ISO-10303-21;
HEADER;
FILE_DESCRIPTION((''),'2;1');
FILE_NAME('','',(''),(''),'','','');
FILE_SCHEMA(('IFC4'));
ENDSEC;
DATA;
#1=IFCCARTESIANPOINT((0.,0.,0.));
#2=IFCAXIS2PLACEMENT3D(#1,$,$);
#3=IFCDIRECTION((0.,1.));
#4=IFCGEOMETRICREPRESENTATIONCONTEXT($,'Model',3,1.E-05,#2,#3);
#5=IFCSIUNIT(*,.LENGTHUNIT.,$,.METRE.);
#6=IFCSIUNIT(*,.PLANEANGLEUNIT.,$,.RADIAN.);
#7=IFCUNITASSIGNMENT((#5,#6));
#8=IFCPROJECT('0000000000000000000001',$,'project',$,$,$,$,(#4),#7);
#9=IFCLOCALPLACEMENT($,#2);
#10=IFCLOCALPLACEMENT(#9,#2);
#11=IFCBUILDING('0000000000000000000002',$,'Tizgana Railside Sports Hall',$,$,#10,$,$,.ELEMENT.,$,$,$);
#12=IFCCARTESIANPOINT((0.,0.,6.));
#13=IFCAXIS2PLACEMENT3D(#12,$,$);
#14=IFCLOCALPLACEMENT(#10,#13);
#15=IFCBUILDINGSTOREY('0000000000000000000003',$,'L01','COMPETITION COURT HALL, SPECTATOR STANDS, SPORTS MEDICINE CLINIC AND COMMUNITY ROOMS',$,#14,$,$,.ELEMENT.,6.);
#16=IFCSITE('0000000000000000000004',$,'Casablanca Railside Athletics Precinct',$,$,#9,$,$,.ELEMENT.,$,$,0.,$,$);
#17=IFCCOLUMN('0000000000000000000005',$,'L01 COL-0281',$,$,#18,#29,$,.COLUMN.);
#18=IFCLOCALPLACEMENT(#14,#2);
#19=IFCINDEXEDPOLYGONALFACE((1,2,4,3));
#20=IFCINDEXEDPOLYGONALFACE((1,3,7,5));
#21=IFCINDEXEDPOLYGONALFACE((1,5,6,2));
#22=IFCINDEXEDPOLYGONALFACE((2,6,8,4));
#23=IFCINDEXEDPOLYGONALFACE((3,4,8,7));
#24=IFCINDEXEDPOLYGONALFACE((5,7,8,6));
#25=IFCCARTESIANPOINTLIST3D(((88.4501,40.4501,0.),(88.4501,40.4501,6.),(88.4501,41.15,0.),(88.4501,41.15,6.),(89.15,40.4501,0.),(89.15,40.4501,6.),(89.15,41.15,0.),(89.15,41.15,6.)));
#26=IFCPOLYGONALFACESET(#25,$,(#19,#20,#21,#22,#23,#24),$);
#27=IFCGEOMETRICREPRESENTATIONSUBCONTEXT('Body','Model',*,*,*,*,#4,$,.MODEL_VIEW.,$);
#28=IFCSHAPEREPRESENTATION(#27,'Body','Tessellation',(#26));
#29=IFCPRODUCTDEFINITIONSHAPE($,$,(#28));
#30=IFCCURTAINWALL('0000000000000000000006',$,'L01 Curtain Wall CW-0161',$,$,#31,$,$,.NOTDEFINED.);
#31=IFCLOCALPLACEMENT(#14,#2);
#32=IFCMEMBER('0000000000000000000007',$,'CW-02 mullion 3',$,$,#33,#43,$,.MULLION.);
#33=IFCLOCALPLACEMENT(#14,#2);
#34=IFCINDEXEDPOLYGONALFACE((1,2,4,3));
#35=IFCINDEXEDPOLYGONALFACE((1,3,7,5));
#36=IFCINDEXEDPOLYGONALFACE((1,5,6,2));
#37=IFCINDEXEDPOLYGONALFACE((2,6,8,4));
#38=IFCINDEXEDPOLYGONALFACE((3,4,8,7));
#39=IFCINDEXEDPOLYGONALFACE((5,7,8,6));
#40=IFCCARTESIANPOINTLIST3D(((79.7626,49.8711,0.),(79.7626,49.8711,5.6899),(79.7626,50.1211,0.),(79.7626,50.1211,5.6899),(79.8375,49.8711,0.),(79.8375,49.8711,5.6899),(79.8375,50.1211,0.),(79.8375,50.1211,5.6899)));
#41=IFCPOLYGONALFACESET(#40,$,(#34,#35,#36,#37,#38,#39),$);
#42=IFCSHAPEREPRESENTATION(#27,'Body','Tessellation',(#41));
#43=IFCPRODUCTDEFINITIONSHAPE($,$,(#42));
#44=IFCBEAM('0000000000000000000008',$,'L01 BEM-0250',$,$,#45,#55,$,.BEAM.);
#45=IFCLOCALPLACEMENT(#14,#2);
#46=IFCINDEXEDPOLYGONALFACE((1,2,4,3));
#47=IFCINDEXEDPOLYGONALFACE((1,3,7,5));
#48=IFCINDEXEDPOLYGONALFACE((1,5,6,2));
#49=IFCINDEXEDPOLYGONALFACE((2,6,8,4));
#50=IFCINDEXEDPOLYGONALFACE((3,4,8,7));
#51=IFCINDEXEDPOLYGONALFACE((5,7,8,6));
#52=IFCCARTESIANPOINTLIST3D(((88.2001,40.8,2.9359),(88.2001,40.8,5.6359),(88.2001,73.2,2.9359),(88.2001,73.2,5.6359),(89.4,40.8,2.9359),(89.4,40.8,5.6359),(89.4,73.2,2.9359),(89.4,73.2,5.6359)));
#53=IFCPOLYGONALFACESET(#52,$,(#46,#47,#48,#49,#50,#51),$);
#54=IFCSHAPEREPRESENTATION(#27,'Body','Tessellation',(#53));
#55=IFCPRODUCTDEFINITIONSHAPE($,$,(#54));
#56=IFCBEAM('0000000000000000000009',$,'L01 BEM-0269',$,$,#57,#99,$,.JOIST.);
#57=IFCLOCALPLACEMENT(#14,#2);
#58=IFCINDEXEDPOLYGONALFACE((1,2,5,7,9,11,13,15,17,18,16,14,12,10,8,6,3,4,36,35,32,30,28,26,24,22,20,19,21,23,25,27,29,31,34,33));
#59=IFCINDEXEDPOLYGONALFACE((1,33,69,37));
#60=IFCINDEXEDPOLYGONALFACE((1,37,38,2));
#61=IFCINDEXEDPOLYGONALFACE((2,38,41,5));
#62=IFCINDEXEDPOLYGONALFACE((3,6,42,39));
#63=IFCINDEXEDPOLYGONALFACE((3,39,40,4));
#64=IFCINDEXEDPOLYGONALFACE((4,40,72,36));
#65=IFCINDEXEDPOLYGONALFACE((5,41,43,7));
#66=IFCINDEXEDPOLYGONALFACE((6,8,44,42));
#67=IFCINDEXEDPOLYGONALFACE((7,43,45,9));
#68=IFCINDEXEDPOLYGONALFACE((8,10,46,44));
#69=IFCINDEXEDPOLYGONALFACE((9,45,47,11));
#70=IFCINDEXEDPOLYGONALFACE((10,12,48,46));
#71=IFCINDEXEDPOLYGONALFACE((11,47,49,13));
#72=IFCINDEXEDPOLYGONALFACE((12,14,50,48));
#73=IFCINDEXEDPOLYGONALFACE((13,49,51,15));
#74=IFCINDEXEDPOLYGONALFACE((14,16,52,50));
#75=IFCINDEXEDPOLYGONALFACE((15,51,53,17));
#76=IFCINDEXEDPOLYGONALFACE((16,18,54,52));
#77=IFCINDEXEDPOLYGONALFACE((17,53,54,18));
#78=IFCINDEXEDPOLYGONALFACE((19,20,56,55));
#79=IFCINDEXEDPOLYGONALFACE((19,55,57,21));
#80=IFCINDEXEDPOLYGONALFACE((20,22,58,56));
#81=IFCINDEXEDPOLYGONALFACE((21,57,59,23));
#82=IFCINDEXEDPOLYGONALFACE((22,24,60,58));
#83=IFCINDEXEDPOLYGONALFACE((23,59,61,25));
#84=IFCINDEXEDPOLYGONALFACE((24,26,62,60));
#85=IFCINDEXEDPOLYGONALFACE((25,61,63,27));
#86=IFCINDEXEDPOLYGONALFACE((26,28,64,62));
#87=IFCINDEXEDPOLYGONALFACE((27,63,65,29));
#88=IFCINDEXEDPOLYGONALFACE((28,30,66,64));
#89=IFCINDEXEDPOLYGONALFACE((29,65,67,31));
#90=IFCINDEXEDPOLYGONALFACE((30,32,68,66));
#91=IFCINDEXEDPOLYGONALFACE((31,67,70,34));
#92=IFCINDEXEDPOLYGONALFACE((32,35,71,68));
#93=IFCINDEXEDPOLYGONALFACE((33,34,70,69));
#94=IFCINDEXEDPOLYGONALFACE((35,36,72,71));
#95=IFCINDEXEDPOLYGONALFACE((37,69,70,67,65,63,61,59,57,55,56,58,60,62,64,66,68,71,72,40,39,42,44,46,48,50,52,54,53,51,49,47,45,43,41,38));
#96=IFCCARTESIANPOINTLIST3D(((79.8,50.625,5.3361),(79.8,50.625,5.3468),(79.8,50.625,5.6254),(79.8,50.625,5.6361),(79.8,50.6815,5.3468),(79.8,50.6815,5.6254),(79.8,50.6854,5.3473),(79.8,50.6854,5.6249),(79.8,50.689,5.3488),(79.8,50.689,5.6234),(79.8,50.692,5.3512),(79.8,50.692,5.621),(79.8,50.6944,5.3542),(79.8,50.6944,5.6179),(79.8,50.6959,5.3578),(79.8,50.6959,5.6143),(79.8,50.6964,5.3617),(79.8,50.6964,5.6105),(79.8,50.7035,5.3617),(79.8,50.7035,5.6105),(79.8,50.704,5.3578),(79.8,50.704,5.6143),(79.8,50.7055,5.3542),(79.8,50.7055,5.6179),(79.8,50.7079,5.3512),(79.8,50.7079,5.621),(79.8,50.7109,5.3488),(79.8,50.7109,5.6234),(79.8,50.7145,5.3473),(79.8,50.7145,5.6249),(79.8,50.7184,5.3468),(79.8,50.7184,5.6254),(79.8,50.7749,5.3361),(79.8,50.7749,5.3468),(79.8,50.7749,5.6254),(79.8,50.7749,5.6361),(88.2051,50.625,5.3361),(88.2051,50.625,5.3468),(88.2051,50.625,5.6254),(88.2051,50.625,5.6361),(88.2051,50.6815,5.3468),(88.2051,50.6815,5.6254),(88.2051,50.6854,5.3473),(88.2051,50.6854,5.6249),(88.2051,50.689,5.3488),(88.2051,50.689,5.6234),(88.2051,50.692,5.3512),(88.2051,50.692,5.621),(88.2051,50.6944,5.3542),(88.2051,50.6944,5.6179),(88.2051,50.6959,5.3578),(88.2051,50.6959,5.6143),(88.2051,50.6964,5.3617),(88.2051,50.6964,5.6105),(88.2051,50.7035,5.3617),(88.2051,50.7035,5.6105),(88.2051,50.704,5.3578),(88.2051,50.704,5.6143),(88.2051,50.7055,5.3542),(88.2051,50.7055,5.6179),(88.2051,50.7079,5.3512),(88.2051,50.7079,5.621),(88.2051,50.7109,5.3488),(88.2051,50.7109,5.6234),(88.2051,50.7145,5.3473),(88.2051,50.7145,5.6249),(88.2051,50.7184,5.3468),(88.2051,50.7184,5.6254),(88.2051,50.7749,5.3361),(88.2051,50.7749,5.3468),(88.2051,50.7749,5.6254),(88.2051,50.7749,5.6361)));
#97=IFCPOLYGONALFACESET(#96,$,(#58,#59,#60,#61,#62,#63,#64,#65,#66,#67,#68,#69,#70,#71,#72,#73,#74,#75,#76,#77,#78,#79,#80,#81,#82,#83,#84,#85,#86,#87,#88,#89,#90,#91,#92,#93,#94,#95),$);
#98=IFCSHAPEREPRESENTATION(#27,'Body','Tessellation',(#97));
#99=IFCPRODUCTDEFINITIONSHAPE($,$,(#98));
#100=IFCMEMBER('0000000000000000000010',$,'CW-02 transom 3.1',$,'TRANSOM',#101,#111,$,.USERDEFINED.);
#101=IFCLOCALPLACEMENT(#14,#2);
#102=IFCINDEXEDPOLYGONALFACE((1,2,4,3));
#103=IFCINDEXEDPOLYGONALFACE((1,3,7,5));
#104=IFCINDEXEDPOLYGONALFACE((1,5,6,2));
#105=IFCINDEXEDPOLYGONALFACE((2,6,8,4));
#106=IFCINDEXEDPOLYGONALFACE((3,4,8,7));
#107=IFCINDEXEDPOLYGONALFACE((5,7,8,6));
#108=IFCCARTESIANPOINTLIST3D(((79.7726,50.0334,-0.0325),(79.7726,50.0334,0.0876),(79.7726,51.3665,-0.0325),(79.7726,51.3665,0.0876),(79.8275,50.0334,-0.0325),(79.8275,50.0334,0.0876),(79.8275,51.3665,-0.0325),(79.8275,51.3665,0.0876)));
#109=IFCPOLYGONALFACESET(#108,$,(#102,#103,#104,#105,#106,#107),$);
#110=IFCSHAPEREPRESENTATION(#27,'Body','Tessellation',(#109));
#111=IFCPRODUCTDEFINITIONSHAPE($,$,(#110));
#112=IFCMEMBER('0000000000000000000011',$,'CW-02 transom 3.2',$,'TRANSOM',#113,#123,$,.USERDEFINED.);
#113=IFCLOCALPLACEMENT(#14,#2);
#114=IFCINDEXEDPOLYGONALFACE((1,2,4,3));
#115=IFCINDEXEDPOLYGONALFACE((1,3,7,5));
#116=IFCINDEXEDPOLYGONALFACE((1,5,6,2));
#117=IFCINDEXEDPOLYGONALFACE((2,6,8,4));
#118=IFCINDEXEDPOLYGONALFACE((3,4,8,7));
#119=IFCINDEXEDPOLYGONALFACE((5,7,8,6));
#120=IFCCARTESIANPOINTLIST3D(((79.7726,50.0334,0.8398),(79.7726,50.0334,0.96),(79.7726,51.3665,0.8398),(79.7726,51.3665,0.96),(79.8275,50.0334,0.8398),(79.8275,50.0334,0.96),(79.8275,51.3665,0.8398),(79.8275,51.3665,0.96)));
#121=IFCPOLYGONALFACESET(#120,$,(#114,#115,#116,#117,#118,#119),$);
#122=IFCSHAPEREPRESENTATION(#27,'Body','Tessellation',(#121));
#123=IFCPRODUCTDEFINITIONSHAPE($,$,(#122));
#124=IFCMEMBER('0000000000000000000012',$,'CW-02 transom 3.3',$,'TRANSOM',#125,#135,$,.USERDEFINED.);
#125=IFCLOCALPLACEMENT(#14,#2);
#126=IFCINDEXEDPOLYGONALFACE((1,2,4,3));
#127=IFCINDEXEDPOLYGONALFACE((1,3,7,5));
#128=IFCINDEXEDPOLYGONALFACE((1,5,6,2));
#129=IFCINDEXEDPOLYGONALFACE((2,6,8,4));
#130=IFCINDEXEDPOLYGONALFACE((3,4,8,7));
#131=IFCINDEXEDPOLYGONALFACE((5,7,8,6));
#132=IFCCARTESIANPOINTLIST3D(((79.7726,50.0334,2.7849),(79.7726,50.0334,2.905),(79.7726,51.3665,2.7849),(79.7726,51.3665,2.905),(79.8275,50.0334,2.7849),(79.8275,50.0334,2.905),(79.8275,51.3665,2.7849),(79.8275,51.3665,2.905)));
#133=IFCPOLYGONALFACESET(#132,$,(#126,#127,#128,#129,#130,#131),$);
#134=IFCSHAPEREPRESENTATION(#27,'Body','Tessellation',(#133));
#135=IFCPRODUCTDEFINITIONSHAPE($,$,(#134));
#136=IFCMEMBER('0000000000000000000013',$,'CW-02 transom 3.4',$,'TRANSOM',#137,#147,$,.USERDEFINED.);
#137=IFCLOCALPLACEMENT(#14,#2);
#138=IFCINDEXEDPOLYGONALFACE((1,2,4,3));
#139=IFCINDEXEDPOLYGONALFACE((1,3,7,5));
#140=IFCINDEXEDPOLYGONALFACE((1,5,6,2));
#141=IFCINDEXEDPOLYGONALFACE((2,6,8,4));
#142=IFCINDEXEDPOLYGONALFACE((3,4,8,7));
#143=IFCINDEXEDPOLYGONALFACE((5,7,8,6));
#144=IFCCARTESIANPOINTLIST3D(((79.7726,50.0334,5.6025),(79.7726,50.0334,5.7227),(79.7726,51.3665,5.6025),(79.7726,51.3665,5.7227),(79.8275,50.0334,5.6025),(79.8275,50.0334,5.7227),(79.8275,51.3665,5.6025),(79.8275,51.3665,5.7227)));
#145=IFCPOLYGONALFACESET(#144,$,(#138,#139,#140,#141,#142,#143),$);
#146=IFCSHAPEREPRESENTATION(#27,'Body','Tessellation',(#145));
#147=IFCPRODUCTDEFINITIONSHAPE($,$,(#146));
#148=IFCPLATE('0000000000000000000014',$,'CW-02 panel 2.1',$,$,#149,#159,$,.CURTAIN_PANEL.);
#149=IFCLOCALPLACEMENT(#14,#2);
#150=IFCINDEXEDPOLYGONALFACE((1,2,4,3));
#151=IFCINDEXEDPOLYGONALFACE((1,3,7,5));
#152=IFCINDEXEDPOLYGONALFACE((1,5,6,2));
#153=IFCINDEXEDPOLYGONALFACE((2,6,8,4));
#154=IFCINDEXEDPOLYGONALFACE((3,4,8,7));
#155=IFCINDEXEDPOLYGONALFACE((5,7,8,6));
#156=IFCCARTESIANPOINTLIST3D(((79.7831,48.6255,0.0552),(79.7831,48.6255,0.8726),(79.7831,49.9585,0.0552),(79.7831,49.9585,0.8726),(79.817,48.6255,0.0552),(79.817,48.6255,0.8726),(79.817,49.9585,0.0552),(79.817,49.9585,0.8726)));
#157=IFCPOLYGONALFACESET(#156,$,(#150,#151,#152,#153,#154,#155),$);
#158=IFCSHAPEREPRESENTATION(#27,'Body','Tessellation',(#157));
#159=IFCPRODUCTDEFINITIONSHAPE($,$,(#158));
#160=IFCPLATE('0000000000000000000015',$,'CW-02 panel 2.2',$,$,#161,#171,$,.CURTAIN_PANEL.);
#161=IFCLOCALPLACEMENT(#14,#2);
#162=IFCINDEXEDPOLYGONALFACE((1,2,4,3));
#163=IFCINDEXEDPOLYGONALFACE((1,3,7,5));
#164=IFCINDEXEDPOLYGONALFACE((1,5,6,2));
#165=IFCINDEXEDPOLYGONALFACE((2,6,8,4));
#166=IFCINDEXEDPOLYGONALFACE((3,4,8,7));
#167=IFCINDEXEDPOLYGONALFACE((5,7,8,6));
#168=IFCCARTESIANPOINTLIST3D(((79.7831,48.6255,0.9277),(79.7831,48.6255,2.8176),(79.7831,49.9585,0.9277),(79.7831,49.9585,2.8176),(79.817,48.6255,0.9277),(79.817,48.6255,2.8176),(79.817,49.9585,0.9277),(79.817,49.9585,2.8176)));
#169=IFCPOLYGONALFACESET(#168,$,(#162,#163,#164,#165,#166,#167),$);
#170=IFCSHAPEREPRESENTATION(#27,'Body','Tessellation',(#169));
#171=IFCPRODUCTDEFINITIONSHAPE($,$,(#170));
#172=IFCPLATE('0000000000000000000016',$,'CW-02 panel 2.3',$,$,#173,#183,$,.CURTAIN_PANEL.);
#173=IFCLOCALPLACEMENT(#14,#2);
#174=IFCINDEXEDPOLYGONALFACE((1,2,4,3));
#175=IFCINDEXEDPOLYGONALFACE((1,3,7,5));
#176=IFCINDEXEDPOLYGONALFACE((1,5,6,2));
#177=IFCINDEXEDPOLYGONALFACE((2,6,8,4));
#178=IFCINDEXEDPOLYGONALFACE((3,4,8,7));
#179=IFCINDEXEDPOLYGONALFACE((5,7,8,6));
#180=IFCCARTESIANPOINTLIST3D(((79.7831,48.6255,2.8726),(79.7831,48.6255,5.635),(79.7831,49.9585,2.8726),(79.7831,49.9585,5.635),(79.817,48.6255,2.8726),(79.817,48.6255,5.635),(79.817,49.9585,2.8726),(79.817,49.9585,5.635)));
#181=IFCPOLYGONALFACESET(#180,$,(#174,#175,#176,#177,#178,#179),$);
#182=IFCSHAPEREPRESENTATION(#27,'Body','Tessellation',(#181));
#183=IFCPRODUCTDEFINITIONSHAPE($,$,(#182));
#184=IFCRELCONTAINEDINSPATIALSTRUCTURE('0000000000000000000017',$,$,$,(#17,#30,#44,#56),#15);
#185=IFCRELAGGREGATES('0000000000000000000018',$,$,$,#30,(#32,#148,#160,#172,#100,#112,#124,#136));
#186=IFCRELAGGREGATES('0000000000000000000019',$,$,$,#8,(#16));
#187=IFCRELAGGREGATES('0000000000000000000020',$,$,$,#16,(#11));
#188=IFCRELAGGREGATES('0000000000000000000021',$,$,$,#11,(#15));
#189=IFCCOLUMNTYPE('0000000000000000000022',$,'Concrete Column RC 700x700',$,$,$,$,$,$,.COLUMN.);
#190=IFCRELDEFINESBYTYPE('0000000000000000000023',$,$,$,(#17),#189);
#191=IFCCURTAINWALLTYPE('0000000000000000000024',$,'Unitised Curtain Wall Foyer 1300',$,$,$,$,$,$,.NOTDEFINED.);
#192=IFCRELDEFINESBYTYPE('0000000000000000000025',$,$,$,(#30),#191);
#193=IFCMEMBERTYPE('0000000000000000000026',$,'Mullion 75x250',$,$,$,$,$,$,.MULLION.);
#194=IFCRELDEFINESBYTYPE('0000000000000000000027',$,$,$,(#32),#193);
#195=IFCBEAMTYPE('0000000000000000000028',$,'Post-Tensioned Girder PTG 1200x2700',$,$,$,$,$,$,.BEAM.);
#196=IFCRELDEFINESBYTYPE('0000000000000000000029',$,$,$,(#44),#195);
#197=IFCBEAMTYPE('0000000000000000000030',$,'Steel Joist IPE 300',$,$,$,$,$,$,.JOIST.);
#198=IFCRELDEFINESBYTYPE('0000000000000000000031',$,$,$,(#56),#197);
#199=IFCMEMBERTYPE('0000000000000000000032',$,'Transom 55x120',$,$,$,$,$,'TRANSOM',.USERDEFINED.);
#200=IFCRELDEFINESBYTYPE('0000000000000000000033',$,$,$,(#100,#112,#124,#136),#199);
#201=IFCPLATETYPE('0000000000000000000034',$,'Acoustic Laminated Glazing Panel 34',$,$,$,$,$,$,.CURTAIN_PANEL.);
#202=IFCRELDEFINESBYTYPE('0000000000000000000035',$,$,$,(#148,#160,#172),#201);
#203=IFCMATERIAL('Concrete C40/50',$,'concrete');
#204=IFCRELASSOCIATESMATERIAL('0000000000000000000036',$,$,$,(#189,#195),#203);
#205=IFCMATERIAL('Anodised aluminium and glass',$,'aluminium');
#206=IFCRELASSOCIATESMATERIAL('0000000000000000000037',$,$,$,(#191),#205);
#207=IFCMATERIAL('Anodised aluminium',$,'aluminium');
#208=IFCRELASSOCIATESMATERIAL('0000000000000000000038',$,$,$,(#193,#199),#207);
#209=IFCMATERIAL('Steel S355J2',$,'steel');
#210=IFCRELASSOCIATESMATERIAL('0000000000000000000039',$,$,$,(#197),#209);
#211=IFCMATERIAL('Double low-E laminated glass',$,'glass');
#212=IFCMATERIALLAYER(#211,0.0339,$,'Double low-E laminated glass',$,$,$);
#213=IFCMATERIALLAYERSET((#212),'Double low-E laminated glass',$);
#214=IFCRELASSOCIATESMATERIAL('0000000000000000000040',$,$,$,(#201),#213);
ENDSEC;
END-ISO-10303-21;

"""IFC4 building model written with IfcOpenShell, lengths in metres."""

from ifc_helpers import new_model, si_unit, direction, frame, origin, origin_2d, place, context, subcontext, project, spatial, rectangle, i_section, extrude, material, layer, layer_set, material_profile, profile_set, type_object, element, aggregate, save


model = new_model("IFC4")

# Units and contexts
model_context = context("Model", 3, precision=1e-05, world=origin(), true_north=direction((0.0, 1.0)))
body_context = subcontext(model_context, "Body", "Model", "MODEL_VIEW")
ifc_project = project(units=[si_unit("LENGTHUNIT", "METRE"), si_unit("PLANEANGLEUNIT", "RADIAN")], contexts=[model_context])

# Site, building, storey
site_placement = place(None, origin())
site = spatial("IfcSite", under=ifc_project, at=site_placement, Name="Casablanca Railside Athletics Precinct", CompositionType="ELEMENT", RefElevation=0.0)
building_placement = place(site_placement, origin())
building = spatial("IfcBuilding", under=site, at=building_placement, Name="Tizgana Railside Sports Hall", CompositionType="ELEMENT")
storey_placement = place(building_placement, frame((0.0, 0.0, 6.0)))
storey = spatial("IfcBuildingStorey", under=building, at=storey_placement, Name="L01", Description="COMPETITION COURT HALL, SPECTATOR STANDS, SPORTS MEDICINE CLINIC AND COMMUNITY ROOMS", CompositionType="ELEMENT", Elevation=6.0)

# Column
ifc_material_1 = material(Name="Concrete C40/50", Category="concrete")
ifc_material_profile_1 = material_profile(ifc_material_1, rectangle(XDim=0.7, YDim=0.7, at=origin_2d()), Name="RC 700x700")
ifc_profile_set_1 = profile_set([ifc_material_profile_1], Name="Concrete C40/50")
column_type = type_object("IfcColumnType", Name="Concrete Column RC 700x700", PredefinedType="COLUMN", material=ifc_profile_set_1)
column_placement = place(storey_placement, frame((88.8, 40.8, 0.0), z_axis=(0.0, 0.0, 1.0), x_axis=(1.0, 0.0, 0.0)))
element("IfcColumn", 1, at=column_placement, inside=storey, type_object=column_type, Name="L01 COL-0281", PredefinedType="COLUMN", context=body_context, shape_type="SweptSolid", body=[
    extrude(rectangle(XDim=0.7, YDim=0.7, at=origin_2d()), origin(), (0.0, 0.0, 1.0), 6.0),
])

# Curtain wall, member
ifc_material_2 = material(Name="Anodised aluminium and glass", Category="aluminium")
curtain_wall_type = type_object("IfcCurtainWallType", Name="Unitised Curtain Wall Foyer 1300", PredefinedType="NOTDEFINED", material=ifc_material_2)
curtain_wall_placement = place(storey_placement, origin())
curtain_wall = element("IfcCurtainWall", 2, at=curtain_wall_placement, inside=storey, type_object=curtain_wall_type, Name="L01 Curtain Wall CW-0161", PredefinedType="NOTDEFINED")
ifc_material_3 = material(Name="Anodised aluminium", Category="aluminium")
ifc_material_profile_2 = material_profile(ifc_material_3, rectangle(XDim=0.075, YDim=0.25, at=origin_2d()), Name="Mullion 75x250")
ifc_profile_set_2 = profile_set([ifc_material_profile_2], Name="Anodised aluminium")
member_type_1 = type_object("IfcMemberType", Name="Mullion 75x250", PredefinedType="MULLION", material=ifc_profile_set_2)
member_1_placement = place(storey_placement, frame((79.8, 49.9961, 0.0), z_axis=(0.0, 0.0, 1.0), x_axis=(-1.0, 0.0, 0.0)))
member_1 = element("IfcMember", 3, at=member_1_placement, type_object=member_type_1, Name="CW-02 mullion 3", PredefinedType="MULLION", context=body_context, shape_type="SweptSolid", body=[
    extrude(rectangle(XDim=0.075, YDim=0.25, at=origin_2d()), origin(), (0.0, 0.0, 1.0), 5.6899),
])

# Beams
ifc_material_profile_3 = material_profile(ifc_material_1, rectangle(XDim=1.2, YDim=2.7, at=origin_2d()), Name="PTG 1200x2700")
ifc_profile_set_3 = profile_set([ifc_material_profile_3], Name="Concrete C40/50")
beam_type_1 = type_object("IfcBeamType", Name="Post-Tensioned Girder PTG 1200x2700", PredefinedType="BEAM", material=ifc_profile_set_3)
beam_1_placement = place(storey_placement, frame((88.8, 40.8, 4.2859), z_axis=(0.0, 1.0, 0.0), x_axis=(-1.0, 0.0, 0.0)))
element("IfcBeam", 4, at=beam_1_placement, inside=storey, type_object=beam_type_1, Name="L01 BEM-0250", PredefinedType="BEAM", context=body_context, shape_type="SweptSolid", body=[
    extrude(rectangle(XDim=1.2, YDim=2.7, at=origin_2d()), origin(), (0.0, 0.0, 1.0), 32.3999),
])
ifc_material_4 = material(Name="Steel S355J2", Category="steel")
ifc_material_profile_4 = material_profile(ifc_material_4, i_section(OverallWidth=0.1499, OverallDepth=0.3, WebThickness=0.0071, FlangeThickness=0.0107, FilletRadius=0.0149, at=origin_2d()), Name="IPE 300")
ifc_profile_set_4 = profile_set([ifc_material_profile_4], Name="Steel S355J2")
beam_type_2 = type_object("IfcBeamType", Name="Steel Joist IPE 300", PredefinedType="JOIST", material=ifc_profile_set_4)
beam_2_placement = place(storey_placement, frame((79.8, 50.7, 5.4861), z_axis=(1.0, 0.0, 0.0), x_axis=(0.0, 1.0, 0.0)))
element("IfcBeam", 5, at=beam_2_placement, inside=storey, type_object=beam_type_2, Name="L01 BEM-0269", PredefinedType="JOIST", context=body_context, shape_type="SweptSolid", body=[
    extrude(i_section(OverallWidth=0.1499, OverallDepth=0.3, WebThickness=0.0071, FlangeThickness=0.0107, FilletRadius=0.0149, at=origin_2d()), origin(), (0.0, 0.0, 1.0), 8.405),
])

# Members
ifc_material_profile_5 = material_profile(ifc_material_3, rectangle(XDim=0.0549, YDim=0.1201, at=origin_2d()), Name="Transom 55x120")
ifc_profile_set_5 = profile_set([ifc_material_profile_5], Name="Anodised aluminium")
member_type_2 = type_object("IfcMemberType", Name="Transom 55x120", ElementType="TRANSOM", PredefinedType="USERDEFINED", material=ifc_profile_set_5)
member_2_placement = place(storey_placement, frame((79.8, 50.0334, 0.0276), z_axis=(0.0, 1.0, 0.0), x_axis=(-1.0, 0.0, 0.0)))
member_2 = element("IfcMember", 6, at=member_2_placement, type_object=member_type_2, Name="CW-02 transom 3.1", ObjectType="TRANSOM", PredefinedType="USERDEFINED", context=body_context, shape_type="SweptSolid", body=[
    extrude(rectangle(XDim=0.0549, YDim=0.1201, at=origin_2d()), origin(), (0.0, 0.0, 1.0), 1.333),
])
member_3_placement = place(storey_placement, frame((79.8, 50.0334, 0.8999), z_axis=(0.0, 1.0, 0.0), x_axis=(-1.0, 0.0, 0.0)))
member_3 = element("IfcMember", 7, at=member_3_placement, type_object=member_type_2, Name="CW-02 transom 3.2", ObjectType="TRANSOM", PredefinedType="USERDEFINED", context=body_context, shape_type="SweptSolid", body=[
    extrude(rectangle(XDim=0.0549, YDim=0.1201, at=origin_2d()), origin(), (0.0, 0.0, 1.0), 1.333),
])
member_4_placement = place(storey_placement, frame((79.8, 50.0334, 2.845), z_axis=(0.0, 1.0, 0.0), x_axis=(-1.0, 0.0, 0.0)))
member_4 = element("IfcMember", 8, at=member_4_placement, type_object=member_type_2, Name="CW-02 transom 3.3", ObjectType="TRANSOM", PredefinedType="USERDEFINED", context=body_context, shape_type="SweptSolid", body=[
    extrude(rectangle(XDim=0.0549, YDim=0.1201, at=origin_2d()), origin(), (0.0, 0.0, 1.0), 1.333),
])
member_5_placement = place(storey_placement, frame((79.8, 50.0334, 5.6626), z_axis=(0.0, 1.0, 0.0), x_axis=(-1.0, 0.0, 0.0)))
member_5 = element("IfcMember", 9, at=member_5_placement, type_object=member_type_2, Name="CW-02 transom 3.4", ObjectType="TRANSOM", PredefinedType="USERDEFINED", context=body_context, shape_type="SweptSolid", body=[
    extrude(rectangle(XDim=0.0549, YDim=0.1201, at=origin_2d()), origin(), (0.0, 0.0, 1.0), 1.333),
])

# Plates
ifc_material_5 = material(Name="Double low-E laminated glass", Category="glass")
ifc_layer_1 = layer(ifc_material_5, 0.0339, Name="Double low-E laminated glass")
ifc_layer_set_1 = layer_set([ifc_layer_1], Name="Double low-E laminated glass")
plate_type = type_object("IfcPlateType", Name="Acoustic Laminated Glazing Panel 34", PredefinedType="CURTAIN_PANEL", material=ifc_layer_set_1)
plate_1_placement = place(storey_placement, frame((79.8, 49.292, 0.0552), z_axis=(0.0, 0.0, 1.0), x_axis=(0.0, 1.0, 0.0)))
plate_1 = element("IfcPlate", 10, at=plate_1_placement, type_object=plate_type, Name="CW-02 panel 2.1", PredefinedType="CURTAIN_PANEL", context=body_context, shape_type="SweptSolid", body=[
    extrude(rectangle(XDim=1.333, YDim=0.0339, at=origin_2d()), origin(), (0.0, 0.0, 1.0), 0.8174),
])
plate_2_placement = place(storey_placement, frame((79.8, 49.292, 0.9277), z_axis=(0.0, 0.0, 1.0), x_axis=(0.0, 1.0, 0.0)))
plate_2 = element("IfcPlate", 11, at=plate_2_placement, type_object=plate_type, Name="CW-02 panel 2.2", PredefinedType="CURTAIN_PANEL", context=body_context, shape_type="SweptSolid", body=[
    extrude(rectangle(XDim=1.333, YDim=0.0339, at=origin_2d()), origin(), (0.0, 0.0, 1.0), 1.8899),
])
plate_3_placement = place(storey_placement, frame((79.8, 49.292, 2.8726), z_axis=(0.0, 0.0, 1.0), x_axis=(0.0, 1.0, 0.0)))
plate_3 = element("IfcPlate", 12, at=plate_3_placement, type_object=plate_type, Name="CW-02 panel 2.3", PredefinedType="CURTAIN_PANEL", context=body_context, shape_type="SweptSolid", body=[
    extrude(rectangle(XDim=1.333, YDim=0.0339, at=origin_2d()), origin(), (0.0, 0.0, 1.0), 2.7625),
])
aggregate(curtain_wall, [member_1, plate_1, plate_2, plate_3, member_2, member_3, member_4, member_5])

save(model, "model.ifc")
